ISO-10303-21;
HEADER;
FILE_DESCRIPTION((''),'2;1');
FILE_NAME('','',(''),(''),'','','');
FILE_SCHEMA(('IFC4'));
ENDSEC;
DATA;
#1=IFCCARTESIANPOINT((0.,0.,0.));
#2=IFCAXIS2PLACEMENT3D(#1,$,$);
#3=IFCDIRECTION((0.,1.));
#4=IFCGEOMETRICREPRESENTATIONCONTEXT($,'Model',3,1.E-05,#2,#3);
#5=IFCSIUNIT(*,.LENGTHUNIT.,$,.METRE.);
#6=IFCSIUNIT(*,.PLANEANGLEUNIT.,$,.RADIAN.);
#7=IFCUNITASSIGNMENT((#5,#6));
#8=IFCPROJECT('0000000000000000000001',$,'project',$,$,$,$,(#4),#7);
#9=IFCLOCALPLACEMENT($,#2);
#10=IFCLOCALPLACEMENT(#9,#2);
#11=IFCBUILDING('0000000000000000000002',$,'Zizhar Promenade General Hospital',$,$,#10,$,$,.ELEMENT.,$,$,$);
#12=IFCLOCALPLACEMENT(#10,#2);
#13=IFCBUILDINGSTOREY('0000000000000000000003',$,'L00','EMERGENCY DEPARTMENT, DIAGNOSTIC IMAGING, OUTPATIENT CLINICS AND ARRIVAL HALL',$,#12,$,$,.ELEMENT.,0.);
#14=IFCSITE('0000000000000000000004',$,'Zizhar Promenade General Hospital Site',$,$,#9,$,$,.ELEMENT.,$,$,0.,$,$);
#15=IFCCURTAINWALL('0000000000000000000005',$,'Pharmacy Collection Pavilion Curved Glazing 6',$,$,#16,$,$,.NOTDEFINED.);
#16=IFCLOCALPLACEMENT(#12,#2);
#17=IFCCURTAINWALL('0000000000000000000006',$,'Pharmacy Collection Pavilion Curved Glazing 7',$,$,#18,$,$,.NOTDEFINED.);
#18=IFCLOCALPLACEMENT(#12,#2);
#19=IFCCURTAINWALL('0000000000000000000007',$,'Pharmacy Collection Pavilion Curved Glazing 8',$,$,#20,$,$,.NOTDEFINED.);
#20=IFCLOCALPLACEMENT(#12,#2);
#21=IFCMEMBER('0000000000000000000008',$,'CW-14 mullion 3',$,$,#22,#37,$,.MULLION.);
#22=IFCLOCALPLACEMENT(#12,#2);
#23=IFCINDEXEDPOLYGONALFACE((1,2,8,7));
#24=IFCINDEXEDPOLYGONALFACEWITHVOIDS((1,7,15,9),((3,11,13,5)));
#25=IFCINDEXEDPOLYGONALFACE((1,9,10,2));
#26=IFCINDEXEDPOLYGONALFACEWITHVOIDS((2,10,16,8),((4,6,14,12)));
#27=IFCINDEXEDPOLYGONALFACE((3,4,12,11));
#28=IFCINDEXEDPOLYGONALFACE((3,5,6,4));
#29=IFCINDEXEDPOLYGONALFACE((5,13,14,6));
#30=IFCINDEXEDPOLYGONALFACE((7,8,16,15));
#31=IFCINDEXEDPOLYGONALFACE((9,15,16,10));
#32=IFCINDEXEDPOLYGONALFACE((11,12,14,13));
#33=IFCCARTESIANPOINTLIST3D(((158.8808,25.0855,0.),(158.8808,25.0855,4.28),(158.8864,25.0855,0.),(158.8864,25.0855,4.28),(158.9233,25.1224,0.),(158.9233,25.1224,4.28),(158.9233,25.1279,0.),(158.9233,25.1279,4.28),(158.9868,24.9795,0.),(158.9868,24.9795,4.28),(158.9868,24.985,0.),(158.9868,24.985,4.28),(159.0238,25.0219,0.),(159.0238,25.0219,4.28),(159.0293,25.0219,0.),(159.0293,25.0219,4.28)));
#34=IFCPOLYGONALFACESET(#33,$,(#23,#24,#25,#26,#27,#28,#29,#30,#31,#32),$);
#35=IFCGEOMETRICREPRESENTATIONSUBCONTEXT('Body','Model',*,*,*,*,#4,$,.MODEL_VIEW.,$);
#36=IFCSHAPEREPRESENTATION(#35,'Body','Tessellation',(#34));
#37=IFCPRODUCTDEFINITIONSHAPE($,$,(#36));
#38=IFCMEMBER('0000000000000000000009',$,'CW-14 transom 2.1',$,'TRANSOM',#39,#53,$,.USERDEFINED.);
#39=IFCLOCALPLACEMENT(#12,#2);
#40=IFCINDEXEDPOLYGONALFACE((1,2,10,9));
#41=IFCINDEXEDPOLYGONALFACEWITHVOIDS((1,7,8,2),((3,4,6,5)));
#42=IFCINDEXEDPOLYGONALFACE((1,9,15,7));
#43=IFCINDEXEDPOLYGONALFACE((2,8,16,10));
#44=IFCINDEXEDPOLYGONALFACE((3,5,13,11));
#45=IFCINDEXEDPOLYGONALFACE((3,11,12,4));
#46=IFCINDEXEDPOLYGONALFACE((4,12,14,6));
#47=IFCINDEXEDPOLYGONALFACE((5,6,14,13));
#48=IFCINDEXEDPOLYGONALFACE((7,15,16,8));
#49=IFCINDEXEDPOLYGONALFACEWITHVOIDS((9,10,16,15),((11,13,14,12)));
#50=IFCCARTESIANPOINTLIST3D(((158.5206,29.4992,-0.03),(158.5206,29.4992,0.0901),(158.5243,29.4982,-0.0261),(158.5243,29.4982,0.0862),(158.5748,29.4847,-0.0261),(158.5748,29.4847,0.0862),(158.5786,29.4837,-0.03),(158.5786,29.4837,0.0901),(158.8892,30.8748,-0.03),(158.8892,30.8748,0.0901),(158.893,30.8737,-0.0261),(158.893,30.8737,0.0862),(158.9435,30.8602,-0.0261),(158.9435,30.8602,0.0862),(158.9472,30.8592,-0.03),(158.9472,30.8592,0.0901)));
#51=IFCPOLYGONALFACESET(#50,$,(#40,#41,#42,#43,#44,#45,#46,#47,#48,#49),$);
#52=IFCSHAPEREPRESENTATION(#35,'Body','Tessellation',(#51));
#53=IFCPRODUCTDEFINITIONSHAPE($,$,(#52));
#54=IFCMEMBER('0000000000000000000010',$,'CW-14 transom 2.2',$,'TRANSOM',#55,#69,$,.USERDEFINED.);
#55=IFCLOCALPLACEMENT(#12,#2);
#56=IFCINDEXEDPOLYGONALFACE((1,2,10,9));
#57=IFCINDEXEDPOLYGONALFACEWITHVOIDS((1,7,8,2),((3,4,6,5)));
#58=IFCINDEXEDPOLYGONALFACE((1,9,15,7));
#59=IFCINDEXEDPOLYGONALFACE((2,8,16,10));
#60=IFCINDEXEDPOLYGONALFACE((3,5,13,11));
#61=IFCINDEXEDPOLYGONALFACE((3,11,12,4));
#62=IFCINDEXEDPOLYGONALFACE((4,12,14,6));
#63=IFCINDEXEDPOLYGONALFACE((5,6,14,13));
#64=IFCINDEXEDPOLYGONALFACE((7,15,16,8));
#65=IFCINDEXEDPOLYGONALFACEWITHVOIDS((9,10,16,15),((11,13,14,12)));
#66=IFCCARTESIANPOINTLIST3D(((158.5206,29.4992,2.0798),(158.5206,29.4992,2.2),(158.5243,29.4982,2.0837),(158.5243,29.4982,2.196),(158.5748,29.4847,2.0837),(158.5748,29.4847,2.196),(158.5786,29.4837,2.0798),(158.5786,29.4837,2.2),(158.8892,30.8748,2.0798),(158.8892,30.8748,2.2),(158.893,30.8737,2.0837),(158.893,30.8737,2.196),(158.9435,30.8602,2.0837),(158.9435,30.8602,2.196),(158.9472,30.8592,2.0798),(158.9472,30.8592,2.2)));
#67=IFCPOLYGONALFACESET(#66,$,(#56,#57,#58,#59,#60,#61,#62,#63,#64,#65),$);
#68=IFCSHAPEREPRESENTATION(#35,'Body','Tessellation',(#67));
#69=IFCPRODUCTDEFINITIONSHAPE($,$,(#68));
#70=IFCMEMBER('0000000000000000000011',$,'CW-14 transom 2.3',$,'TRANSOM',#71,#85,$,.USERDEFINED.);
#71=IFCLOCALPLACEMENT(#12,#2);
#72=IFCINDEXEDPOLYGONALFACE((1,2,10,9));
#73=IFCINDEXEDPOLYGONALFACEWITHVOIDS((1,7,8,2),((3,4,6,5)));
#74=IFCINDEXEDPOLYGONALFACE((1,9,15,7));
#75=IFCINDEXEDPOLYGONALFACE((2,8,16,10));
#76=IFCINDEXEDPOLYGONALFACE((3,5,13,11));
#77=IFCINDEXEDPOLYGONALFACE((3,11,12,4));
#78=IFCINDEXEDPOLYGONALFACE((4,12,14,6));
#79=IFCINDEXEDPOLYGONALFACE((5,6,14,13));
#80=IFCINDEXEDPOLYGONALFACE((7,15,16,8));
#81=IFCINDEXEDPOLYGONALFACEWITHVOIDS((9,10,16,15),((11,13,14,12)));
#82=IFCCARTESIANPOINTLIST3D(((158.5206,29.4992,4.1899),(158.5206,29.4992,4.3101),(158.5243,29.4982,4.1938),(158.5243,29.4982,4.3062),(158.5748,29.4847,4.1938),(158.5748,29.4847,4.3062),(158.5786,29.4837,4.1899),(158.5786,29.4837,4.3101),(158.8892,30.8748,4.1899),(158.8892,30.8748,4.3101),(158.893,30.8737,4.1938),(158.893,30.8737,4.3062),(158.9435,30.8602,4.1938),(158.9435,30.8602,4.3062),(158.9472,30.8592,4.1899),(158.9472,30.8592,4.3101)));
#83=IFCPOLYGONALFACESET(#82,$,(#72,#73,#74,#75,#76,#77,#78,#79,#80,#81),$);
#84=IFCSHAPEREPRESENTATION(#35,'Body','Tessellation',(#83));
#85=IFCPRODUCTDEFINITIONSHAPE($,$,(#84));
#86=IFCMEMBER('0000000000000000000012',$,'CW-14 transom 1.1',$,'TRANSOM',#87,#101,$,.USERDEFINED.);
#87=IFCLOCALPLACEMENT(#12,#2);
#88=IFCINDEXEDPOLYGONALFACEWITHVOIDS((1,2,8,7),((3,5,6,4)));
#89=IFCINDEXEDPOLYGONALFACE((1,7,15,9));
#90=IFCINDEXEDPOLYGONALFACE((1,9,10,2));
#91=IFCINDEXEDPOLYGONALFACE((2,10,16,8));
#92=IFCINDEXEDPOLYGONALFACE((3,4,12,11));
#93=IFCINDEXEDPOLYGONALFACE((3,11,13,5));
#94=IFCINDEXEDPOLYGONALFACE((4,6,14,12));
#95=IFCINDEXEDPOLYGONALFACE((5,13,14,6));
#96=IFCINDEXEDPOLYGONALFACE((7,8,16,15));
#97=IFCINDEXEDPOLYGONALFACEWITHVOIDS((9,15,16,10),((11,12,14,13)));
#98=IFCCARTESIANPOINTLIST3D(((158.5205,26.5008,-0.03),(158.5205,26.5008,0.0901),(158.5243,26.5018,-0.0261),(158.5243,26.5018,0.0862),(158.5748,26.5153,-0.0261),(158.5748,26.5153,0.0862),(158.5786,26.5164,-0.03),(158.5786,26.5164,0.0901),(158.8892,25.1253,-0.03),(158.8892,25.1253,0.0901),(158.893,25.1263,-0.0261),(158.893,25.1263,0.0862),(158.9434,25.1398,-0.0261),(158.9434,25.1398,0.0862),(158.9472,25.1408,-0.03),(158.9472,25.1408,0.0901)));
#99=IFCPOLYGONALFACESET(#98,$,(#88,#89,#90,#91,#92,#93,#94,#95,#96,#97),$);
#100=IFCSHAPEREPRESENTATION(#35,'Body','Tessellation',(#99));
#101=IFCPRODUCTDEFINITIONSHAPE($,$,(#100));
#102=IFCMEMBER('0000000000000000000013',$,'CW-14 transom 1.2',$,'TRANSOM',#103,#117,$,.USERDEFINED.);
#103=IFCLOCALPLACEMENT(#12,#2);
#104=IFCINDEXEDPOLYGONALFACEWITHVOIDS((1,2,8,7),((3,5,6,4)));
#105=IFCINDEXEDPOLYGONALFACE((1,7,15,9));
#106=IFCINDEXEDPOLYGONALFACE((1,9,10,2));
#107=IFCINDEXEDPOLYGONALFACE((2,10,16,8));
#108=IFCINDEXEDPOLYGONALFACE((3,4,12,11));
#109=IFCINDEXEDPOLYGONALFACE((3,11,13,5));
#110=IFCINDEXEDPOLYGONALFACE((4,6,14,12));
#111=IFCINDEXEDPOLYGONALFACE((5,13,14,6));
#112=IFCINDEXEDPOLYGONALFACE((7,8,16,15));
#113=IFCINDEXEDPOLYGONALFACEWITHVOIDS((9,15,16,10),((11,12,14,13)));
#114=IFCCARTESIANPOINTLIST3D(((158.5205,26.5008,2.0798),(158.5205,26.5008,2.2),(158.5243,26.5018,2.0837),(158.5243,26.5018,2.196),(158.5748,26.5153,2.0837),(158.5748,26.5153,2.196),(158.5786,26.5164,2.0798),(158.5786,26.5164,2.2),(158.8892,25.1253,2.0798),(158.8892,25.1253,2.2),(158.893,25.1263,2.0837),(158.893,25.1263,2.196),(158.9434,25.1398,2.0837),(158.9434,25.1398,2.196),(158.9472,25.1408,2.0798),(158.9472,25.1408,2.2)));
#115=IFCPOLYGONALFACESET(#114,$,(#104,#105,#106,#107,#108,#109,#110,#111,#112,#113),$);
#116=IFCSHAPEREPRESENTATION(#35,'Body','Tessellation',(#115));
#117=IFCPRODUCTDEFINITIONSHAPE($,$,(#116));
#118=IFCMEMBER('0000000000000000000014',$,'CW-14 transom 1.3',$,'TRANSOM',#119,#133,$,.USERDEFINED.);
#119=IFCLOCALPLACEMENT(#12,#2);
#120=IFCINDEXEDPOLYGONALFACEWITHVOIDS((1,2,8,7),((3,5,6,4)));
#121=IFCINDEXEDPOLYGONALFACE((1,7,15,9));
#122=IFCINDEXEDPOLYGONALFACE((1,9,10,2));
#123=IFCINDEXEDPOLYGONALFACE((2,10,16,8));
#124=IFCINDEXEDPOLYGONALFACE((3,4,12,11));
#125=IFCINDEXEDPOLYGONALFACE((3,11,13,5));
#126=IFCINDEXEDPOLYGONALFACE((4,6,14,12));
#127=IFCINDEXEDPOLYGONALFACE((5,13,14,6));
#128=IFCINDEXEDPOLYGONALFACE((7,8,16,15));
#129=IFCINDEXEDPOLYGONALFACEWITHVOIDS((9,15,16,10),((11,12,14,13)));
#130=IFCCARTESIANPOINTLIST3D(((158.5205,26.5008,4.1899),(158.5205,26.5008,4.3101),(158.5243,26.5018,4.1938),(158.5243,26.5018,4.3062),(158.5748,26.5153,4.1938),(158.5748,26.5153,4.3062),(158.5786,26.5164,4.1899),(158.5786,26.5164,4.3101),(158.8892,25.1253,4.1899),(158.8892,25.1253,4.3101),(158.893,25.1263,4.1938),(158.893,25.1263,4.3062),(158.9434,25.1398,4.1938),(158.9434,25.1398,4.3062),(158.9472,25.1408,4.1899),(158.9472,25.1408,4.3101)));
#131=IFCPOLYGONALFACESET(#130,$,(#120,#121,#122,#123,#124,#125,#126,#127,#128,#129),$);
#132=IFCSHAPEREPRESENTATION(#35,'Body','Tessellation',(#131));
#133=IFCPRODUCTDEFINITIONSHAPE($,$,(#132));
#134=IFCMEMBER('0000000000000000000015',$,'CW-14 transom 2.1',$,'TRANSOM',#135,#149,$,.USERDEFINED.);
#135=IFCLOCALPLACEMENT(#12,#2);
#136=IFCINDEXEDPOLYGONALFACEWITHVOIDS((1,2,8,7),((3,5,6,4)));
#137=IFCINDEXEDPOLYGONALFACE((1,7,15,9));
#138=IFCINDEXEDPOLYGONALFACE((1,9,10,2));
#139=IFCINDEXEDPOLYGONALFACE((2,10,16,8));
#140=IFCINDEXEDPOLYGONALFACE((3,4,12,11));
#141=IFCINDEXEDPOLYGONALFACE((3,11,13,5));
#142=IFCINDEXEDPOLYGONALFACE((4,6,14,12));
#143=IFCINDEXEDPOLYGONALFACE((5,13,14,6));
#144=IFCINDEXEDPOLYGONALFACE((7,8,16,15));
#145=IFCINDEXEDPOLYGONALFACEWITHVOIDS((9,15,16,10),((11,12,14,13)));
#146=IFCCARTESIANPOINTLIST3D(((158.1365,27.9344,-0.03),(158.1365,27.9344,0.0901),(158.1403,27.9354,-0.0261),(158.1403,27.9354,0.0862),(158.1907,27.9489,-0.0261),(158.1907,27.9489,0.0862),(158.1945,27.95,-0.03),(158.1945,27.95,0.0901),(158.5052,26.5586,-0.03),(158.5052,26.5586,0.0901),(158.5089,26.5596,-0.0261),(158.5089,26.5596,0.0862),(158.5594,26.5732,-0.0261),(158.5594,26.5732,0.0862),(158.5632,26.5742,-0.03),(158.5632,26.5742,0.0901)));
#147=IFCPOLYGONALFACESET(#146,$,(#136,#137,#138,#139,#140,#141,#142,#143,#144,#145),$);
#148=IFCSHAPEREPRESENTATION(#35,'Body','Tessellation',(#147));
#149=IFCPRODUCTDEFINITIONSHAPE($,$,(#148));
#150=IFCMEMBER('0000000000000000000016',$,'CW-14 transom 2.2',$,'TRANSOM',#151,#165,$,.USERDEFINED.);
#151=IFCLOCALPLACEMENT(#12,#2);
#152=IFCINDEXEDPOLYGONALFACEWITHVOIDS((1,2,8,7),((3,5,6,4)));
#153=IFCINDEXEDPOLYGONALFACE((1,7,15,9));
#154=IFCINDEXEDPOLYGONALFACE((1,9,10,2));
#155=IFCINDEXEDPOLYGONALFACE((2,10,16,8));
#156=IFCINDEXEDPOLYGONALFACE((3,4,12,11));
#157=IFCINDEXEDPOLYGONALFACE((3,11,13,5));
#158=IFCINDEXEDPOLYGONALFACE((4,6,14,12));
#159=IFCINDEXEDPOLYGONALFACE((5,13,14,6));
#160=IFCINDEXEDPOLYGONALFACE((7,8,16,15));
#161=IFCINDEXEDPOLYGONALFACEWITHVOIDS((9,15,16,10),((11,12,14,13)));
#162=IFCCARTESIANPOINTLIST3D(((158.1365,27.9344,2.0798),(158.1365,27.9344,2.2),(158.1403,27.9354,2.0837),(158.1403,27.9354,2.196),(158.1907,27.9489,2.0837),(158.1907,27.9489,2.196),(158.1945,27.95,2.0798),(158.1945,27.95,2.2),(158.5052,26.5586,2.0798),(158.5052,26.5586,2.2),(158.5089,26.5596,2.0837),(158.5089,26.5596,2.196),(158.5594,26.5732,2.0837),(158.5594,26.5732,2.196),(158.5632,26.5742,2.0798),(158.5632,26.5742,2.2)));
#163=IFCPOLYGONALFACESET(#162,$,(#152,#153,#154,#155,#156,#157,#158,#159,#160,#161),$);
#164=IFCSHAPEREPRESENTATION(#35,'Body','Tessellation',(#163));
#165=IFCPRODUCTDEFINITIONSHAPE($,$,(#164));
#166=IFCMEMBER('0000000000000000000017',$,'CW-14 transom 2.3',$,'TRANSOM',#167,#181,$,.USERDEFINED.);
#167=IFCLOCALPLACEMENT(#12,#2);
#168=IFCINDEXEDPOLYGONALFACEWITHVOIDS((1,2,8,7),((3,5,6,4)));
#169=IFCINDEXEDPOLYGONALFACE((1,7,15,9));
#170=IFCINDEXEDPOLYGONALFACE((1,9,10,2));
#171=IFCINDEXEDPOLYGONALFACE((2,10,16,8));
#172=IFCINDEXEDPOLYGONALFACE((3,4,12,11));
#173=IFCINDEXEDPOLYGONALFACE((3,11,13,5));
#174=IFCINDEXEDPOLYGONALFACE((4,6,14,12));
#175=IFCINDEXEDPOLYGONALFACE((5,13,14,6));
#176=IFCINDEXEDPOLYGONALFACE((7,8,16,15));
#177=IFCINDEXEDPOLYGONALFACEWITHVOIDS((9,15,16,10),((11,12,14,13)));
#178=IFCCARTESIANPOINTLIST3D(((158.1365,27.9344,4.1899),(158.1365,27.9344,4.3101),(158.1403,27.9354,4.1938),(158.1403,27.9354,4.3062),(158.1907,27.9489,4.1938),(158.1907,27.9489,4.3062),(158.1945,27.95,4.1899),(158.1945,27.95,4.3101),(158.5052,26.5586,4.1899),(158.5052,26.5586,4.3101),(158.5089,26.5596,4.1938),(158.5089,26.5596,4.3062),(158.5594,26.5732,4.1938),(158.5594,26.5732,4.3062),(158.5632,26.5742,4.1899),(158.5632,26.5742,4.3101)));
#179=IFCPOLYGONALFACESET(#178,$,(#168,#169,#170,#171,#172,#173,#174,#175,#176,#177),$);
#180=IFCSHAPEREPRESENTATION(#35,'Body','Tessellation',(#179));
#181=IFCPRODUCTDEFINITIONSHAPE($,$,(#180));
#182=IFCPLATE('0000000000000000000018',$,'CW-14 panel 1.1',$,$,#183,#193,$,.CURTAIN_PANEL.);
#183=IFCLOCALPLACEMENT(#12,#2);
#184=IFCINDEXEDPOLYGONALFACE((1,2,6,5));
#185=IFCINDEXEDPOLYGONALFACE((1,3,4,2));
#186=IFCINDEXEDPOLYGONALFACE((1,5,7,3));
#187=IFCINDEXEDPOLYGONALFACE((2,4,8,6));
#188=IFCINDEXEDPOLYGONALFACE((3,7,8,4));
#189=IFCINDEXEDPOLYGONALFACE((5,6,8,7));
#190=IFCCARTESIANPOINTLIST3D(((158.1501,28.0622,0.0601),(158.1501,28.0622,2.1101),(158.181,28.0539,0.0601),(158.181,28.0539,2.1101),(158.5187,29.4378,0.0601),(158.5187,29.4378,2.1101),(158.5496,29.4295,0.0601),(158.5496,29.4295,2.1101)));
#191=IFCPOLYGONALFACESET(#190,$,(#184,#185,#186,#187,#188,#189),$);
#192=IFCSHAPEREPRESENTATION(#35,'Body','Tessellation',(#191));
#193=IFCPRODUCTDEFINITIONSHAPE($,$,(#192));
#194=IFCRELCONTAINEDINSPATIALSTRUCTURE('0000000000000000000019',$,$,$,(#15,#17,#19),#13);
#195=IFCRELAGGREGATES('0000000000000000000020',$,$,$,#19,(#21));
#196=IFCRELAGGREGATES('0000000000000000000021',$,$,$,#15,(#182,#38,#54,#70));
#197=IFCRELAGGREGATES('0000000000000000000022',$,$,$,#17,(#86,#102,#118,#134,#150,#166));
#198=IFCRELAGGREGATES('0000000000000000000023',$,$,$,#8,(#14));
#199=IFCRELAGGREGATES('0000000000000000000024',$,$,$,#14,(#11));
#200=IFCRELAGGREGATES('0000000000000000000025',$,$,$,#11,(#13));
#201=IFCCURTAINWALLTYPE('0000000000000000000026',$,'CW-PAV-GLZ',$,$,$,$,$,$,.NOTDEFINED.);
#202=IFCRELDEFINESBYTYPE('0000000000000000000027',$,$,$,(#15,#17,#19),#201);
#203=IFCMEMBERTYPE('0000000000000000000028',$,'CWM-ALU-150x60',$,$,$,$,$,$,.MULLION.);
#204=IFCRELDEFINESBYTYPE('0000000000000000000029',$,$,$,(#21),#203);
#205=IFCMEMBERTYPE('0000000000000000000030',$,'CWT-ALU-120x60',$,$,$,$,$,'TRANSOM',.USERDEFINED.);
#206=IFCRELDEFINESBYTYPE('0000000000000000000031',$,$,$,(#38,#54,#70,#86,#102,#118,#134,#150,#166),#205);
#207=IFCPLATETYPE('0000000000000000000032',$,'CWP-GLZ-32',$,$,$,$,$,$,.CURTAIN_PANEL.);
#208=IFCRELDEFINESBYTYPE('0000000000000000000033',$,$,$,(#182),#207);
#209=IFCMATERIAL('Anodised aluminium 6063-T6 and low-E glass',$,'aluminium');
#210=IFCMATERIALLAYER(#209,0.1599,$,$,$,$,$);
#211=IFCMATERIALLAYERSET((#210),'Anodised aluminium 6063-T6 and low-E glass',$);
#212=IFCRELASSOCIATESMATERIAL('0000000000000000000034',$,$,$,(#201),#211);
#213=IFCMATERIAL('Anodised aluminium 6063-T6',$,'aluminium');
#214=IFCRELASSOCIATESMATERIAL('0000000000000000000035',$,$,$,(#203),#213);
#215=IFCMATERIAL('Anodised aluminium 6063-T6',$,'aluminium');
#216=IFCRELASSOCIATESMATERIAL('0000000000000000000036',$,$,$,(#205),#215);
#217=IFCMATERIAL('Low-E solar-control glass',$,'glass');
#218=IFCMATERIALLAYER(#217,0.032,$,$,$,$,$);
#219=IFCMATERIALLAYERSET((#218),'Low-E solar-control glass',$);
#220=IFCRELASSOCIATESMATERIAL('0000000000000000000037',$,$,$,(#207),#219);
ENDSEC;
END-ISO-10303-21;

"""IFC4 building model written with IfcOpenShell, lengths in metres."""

from ifc_helpers import new_model, si_unit, direction, frame, origin, origin_2d, place, context, subcontext, project, spatial, rectangle, hollow_rectangle, extrude, material, layer, layer_set, material_profile, profile_set, type_object, element, aggregate, save


model = new_model("IFC4")

# Units and contexts
model_context = context("Model", 3, precision=1e-05, world=origin(), true_north=direction((0.0, 1.0)))
body_context = subcontext(model_context, "Body", "Model", "MODEL_VIEW")
ifc_project = project(units=[si_unit("LENGTHUNIT", "METRE"), si_unit("PLANEANGLEUNIT", "RADIAN")], contexts=[model_context])

# Site, building, storey
site_placement = place(None, origin())
site = spatial("IfcSite", under=ifc_project, at=site_placement, Name="Zizhar Promenade General Hospital Site", CompositionType="ELEMENT", RefElevation=0.0)
building_placement = place(site_placement, origin())
building = spatial("IfcBuilding", under=site, at=building_placement, Name="Zizhar Promenade General Hospital", CompositionType="ELEMENT")
storey_placement = place(building_placement, origin())
storey = spatial("IfcBuildingStorey", under=building, at=storey_placement, Name="L00", Description="EMERGENCY DEPARTMENT, DIAGNOSTIC IMAGING, OUTPATIENT CLINICS AND ARRIVAL HALL", CompositionType="ELEMENT", Elevation=0.0)

# Shared definitions
ifc_material_1 = material(Name="Anodised aluminium 6063-T6 and low-E glass", Category="aluminium")
ifc_layer_1 = layer(ifc_material_1, 0.1599)
ifc_layer_set_1 = layer_set([ifc_layer_1], Name="Anodised aluminium 6063-T6 and low-E glass")
curtain_wall_type = type_object("IfcCurtainWallType", Name="CW-PAV-GLZ", PredefinedType="NOTDEFINED", material=ifc_layer_set_1)
ifc_material_2 = material(Name="Anodised aluminium 6063-T6", Category="aluminium")
ifc_material_profile_1 = material_profile(ifc_material_2, hollow_rectangle(XDim=0.0601, YDim=0.1499, WallThickness=0.0039, at=origin_2d()))
ifc_profile_set_1 = profile_set([ifc_material_profile_1], Name="Anodised aluminium 6063-T6")
member_type_1 = type_object("IfcMemberType", Name="CWM-ALU-150x60", PredefinedType="MULLION", material=ifc_profile_set_1)

# Curtain walls
curtain_wall_1_placement = place(storey_placement, origin())
curtain_wall_1 = element("IfcCurtainWall", 1, at=curtain_wall_1_placement, inside=storey, type_object=curtain_wall_type, Name="Pharmacy Collection Pavilion Curved Glazing 6", PredefinedType="NOTDEFINED")
curtain_wall_2_placement = place(storey_placement, origin())
curtain_wall_2 = element("IfcCurtainWall", 2, at=curtain_wall_2_placement, inside=storey, type_object=curtain_wall_type, Name="Pharmacy Collection Pavilion Curved Glazing 7", PredefinedType="NOTDEFINED")

# Curtain wall, member
curtain_wall_3_placement = place(storey_placement, origin())
curtain_wall_3 = element("IfcCurtainWall", 3, at=curtain_wall_3_placement, inside=storey, type_object=curtain_wall_type, Name="Pharmacy Collection Pavilion Curved Glazing 8", PredefinedType="NOTDEFINED")
member_1_placement = place(storey_placement, frame((158.9551, 25.0537, 0.0), z_axis=(0.0, 0.0, 1.0), x_axis=(-0.707107, -0.707107, 0.0)))
member_1 = element("IfcMember", 4, at=member_1_placement, type_object=member_type_1, Name="CW-14 mullion 3", PredefinedType="MULLION", context=body_context, shape_type="SweptSolid", body=[
    extrude(hollow_rectangle(XDim=0.0601, YDim=0.1499, WallThickness=0.0039, at=origin_2d()), origin(), (0.0, 0.0, 1.0), 4.28),
])
aggregate(curtain_wall_3, [member_1])

# Members
ifc_material_3 = material(Name="Anodised aluminium 6063-T6", Category="aluminium")
ifc_material_profile_2 = material_profile(ifc_material_3, hollow_rectangle(XDim=0.0601, YDim=0.1201, WallThickness=0.0039, at=origin_2d()))
ifc_profile_set_2 = profile_set([ifc_material_profile_2], Name="Anodised aluminium 6063-T6")
member_type_2 = type_object("IfcMemberType", Name="CWT-ALU-120x60", ElementType="TRANSOM", PredefinedType="USERDEFINED", material=ifc_profile_set_2)
member_2_placement = place(storey_placement, frame((158.5496, 29.4915, 0.03), z_axis=(0.258879, 0.96591, 0.0), x_axis=(-0.96591, 0.258879, 0.0)))
member_2 = element("IfcMember", 5, at=member_2_placement, type_object=member_type_2, Name="CW-14 transom 2.1", ObjectType="TRANSOM", PredefinedType="USERDEFINED", context=body_context, shape_type="SweptSolid", body=[
    extrude(hollow_rectangle(XDim=0.0601, YDim=0.1201, WallThickness=0.0039, at=origin_2d()), origin(), (0.0, 0.0, 1.0), 1.4241),
])
member_3_placement = place(storey_placement, frame((158.5496, 29.4915, 2.1399), z_axis=(0.258879, 0.96591, 0.0), x_axis=(-0.96591, 0.258879, 0.0)))
member_3 = element("IfcMember", 6, at=member_3_placement, type_object=member_type_2, Name="CW-14 transom 2.2", ObjectType="TRANSOM", PredefinedType="USERDEFINED", context=body_context, shape_type="SweptSolid", body=[
    extrude(hollow_rectangle(XDim=0.0601, YDim=0.1201, WallThickness=0.0039, at=origin_2d()), origin(), (0.0, 0.0, 1.0), 1.4241),
])
member_4_placement = place(storey_placement, frame((158.5496, 29.4915, 4.25), z_axis=(0.258879, 0.96591, 0.0), x_axis=(-0.96591, 0.258879, 0.0)))
member_4 = element("IfcMember", 7, at=member_4_placement, type_object=member_type_2, Name="CW-14 transom 2.3", ObjectType="TRANSOM", PredefinedType="USERDEFINED", context=body_context, shape_type="SweptSolid", body=[
    extrude(hollow_rectangle(XDim=0.0601, YDim=0.1201, WallThickness=0.0039, at=origin_2d()), origin(), (0.0, 0.0, 1.0), 1.4241),
])
member_5_placement = place(storey_placement, frame((158.9182, 25.1331, 0.03), z_axis=(-0.258879, 0.96591, 0.0), x_axis=(-0.96591, -0.258879, 0.0)))
member_5 = element("IfcMember", 8, at=member_5_placement, type_object=member_type_2, Name="CW-14 transom 1.1", ObjectType="TRANSOM", PredefinedType="USERDEFINED", context=body_context, shape_type="SweptSolid", body=[
    extrude(hollow_rectangle(XDim=0.0601, YDim=0.1201, WallThickness=0.0039, at=origin_2d()), origin(), (0.0, 0.0, 1.0), 1.4241),
])
member_6_placement = place(storey_placement, frame((158.9182, 25.1331, 2.1399), z_axis=(-0.258879, 0.96591, 0.0), x_axis=(-0.96591, -0.258879, 0.0)))
member_6 = element("IfcMember", 9, at=member_6_placement, type_object=member_type_2, Name="CW-14 transom 1.2", ObjectType="TRANSOM", PredefinedType="USERDEFINED", context=body_context, shape_type="SweptSolid", body=[
    extrude(hollow_rectangle(XDim=0.0601, YDim=0.1201, WallThickness=0.0039, at=origin_2d()), origin(), (0.0, 0.0, 1.0), 1.4241),
])
member_7_placement = place(storey_placement, frame((158.9182, 25.1331, 4.25), z_axis=(-0.258879, 0.96591, 0.0), x_axis=(-0.96591, -0.258879, 0.0)))
member_7 = element("IfcMember", 10, at=member_7_placement, type_object=member_type_2, Name="CW-14 transom 1.3", ObjectType="TRANSOM", PredefinedType="USERDEFINED", context=body_context, shape_type="SweptSolid", body=[
    extrude(hollow_rectangle(XDim=0.0601, YDim=0.1201, WallThickness=0.0039, at=origin_2d()), origin(), (0.0, 0.0, 1.0), 1.4241),
])
member_8_placement = place(storey_placement, frame((158.5342, 26.5664, 0.03), z_axis=(-0.258836, 0.965921, 0.0), x_axis=(-0.965921, -0.258836, 0.0)))
member_8 = element("IfcMember", 11, at=member_8_placement, type_object=member_type_2, Name="CW-14 transom 2.1", ObjectType="TRANSOM", PredefinedType="USERDEFINED", context=body_context, shape_type="SweptSolid", body=[
    extrude(hollow_rectangle(XDim=0.0601, YDim=0.1201, WallThickness=0.0039, at=origin_2d()), origin(), (0.0, 0.0, 1.0), 1.4243),
])
member_9_placement = place(storey_placement, frame((158.5342, 26.5664, 2.1399), z_axis=(-0.258836, 0.965921, 0.0), x_axis=(-0.965921, -0.258836, 0.0)))
member_9 = element("IfcMember", 12, at=member_9_placement, type_object=member_type_2, Name="CW-14 transom 2.2", ObjectType="TRANSOM", PredefinedType="USERDEFINED", context=body_context, shape_type="SweptSolid", body=[
    extrude(hollow_rectangle(XDim=0.0601, YDim=0.1201, WallThickness=0.0039, at=origin_2d()), origin(), (0.0, 0.0, 1.0), 1.4243),
])
member_10_placement = place(storey_placement, frame((158.5342, 26.5664, 4.25), z_axis=(-0.258836, 0.965921, 0.0), x_axis=(-0.965921, -0.258836, 0.0)))
member_10 = element("IfcMember", 13, at=member_10_placement, type_object=member_type_2, Name="CW-14 transom 2.3", ObjectType="TRANSOM", PredefinedType="USERDEFINED", context=body_context, shape_type="SweptSolid", body=[
    extrude(hollow_rectangle(XDim=0.0601, YDim=0.1201, WallThickness=0.0039, at=origin_2d()), origin(), (0.0, 0.0, 1.0), 1.4243),
])

# Plate
ifc_material_4 = material(Name="Low-E solar-control glass", Category="glass")
ifc_layer_2 = layer(ifc_material_4, 0.032)
ifc_layer_set_2 = layer_set([ifc_layer_2], Name="Low-E solar-control glass")
plate_type = type_object("IfcPlateType", Name="CWP-GLZ-32", PredefinedType="CURTAIN_PANEL", material=ifc_layer_set_2)
plate_1_placement = place(storey_placement, frame((158.3499, 28.7458, 0.0601), z_axis=(0.0, 0.0, 1.0), x_axis=(0.258834, 0.965922, 0.0)))
plate_1 = element("IfcPlate", 14, at=plate_1_placement, type_object=plate_type, Name="CW-14 panel 1.1", PredefinedType="CURTAIN_PANEL", context=body_context, shape_type="SweptSolid", body=[
    extrude(rectangle(XDim=1.4241, YDim=0.032, at=origin_2d()), origin(), (0.0, 0.0, 1.0), 2.05),
])
aggregate(curtain_wall_1, [plate_1, member_2, member_3, member_4])
aggregate(curtain_wall_2, [member_5, member_6, member_7, member_8, member_9, member_10])

save(model, "model.ifc")
